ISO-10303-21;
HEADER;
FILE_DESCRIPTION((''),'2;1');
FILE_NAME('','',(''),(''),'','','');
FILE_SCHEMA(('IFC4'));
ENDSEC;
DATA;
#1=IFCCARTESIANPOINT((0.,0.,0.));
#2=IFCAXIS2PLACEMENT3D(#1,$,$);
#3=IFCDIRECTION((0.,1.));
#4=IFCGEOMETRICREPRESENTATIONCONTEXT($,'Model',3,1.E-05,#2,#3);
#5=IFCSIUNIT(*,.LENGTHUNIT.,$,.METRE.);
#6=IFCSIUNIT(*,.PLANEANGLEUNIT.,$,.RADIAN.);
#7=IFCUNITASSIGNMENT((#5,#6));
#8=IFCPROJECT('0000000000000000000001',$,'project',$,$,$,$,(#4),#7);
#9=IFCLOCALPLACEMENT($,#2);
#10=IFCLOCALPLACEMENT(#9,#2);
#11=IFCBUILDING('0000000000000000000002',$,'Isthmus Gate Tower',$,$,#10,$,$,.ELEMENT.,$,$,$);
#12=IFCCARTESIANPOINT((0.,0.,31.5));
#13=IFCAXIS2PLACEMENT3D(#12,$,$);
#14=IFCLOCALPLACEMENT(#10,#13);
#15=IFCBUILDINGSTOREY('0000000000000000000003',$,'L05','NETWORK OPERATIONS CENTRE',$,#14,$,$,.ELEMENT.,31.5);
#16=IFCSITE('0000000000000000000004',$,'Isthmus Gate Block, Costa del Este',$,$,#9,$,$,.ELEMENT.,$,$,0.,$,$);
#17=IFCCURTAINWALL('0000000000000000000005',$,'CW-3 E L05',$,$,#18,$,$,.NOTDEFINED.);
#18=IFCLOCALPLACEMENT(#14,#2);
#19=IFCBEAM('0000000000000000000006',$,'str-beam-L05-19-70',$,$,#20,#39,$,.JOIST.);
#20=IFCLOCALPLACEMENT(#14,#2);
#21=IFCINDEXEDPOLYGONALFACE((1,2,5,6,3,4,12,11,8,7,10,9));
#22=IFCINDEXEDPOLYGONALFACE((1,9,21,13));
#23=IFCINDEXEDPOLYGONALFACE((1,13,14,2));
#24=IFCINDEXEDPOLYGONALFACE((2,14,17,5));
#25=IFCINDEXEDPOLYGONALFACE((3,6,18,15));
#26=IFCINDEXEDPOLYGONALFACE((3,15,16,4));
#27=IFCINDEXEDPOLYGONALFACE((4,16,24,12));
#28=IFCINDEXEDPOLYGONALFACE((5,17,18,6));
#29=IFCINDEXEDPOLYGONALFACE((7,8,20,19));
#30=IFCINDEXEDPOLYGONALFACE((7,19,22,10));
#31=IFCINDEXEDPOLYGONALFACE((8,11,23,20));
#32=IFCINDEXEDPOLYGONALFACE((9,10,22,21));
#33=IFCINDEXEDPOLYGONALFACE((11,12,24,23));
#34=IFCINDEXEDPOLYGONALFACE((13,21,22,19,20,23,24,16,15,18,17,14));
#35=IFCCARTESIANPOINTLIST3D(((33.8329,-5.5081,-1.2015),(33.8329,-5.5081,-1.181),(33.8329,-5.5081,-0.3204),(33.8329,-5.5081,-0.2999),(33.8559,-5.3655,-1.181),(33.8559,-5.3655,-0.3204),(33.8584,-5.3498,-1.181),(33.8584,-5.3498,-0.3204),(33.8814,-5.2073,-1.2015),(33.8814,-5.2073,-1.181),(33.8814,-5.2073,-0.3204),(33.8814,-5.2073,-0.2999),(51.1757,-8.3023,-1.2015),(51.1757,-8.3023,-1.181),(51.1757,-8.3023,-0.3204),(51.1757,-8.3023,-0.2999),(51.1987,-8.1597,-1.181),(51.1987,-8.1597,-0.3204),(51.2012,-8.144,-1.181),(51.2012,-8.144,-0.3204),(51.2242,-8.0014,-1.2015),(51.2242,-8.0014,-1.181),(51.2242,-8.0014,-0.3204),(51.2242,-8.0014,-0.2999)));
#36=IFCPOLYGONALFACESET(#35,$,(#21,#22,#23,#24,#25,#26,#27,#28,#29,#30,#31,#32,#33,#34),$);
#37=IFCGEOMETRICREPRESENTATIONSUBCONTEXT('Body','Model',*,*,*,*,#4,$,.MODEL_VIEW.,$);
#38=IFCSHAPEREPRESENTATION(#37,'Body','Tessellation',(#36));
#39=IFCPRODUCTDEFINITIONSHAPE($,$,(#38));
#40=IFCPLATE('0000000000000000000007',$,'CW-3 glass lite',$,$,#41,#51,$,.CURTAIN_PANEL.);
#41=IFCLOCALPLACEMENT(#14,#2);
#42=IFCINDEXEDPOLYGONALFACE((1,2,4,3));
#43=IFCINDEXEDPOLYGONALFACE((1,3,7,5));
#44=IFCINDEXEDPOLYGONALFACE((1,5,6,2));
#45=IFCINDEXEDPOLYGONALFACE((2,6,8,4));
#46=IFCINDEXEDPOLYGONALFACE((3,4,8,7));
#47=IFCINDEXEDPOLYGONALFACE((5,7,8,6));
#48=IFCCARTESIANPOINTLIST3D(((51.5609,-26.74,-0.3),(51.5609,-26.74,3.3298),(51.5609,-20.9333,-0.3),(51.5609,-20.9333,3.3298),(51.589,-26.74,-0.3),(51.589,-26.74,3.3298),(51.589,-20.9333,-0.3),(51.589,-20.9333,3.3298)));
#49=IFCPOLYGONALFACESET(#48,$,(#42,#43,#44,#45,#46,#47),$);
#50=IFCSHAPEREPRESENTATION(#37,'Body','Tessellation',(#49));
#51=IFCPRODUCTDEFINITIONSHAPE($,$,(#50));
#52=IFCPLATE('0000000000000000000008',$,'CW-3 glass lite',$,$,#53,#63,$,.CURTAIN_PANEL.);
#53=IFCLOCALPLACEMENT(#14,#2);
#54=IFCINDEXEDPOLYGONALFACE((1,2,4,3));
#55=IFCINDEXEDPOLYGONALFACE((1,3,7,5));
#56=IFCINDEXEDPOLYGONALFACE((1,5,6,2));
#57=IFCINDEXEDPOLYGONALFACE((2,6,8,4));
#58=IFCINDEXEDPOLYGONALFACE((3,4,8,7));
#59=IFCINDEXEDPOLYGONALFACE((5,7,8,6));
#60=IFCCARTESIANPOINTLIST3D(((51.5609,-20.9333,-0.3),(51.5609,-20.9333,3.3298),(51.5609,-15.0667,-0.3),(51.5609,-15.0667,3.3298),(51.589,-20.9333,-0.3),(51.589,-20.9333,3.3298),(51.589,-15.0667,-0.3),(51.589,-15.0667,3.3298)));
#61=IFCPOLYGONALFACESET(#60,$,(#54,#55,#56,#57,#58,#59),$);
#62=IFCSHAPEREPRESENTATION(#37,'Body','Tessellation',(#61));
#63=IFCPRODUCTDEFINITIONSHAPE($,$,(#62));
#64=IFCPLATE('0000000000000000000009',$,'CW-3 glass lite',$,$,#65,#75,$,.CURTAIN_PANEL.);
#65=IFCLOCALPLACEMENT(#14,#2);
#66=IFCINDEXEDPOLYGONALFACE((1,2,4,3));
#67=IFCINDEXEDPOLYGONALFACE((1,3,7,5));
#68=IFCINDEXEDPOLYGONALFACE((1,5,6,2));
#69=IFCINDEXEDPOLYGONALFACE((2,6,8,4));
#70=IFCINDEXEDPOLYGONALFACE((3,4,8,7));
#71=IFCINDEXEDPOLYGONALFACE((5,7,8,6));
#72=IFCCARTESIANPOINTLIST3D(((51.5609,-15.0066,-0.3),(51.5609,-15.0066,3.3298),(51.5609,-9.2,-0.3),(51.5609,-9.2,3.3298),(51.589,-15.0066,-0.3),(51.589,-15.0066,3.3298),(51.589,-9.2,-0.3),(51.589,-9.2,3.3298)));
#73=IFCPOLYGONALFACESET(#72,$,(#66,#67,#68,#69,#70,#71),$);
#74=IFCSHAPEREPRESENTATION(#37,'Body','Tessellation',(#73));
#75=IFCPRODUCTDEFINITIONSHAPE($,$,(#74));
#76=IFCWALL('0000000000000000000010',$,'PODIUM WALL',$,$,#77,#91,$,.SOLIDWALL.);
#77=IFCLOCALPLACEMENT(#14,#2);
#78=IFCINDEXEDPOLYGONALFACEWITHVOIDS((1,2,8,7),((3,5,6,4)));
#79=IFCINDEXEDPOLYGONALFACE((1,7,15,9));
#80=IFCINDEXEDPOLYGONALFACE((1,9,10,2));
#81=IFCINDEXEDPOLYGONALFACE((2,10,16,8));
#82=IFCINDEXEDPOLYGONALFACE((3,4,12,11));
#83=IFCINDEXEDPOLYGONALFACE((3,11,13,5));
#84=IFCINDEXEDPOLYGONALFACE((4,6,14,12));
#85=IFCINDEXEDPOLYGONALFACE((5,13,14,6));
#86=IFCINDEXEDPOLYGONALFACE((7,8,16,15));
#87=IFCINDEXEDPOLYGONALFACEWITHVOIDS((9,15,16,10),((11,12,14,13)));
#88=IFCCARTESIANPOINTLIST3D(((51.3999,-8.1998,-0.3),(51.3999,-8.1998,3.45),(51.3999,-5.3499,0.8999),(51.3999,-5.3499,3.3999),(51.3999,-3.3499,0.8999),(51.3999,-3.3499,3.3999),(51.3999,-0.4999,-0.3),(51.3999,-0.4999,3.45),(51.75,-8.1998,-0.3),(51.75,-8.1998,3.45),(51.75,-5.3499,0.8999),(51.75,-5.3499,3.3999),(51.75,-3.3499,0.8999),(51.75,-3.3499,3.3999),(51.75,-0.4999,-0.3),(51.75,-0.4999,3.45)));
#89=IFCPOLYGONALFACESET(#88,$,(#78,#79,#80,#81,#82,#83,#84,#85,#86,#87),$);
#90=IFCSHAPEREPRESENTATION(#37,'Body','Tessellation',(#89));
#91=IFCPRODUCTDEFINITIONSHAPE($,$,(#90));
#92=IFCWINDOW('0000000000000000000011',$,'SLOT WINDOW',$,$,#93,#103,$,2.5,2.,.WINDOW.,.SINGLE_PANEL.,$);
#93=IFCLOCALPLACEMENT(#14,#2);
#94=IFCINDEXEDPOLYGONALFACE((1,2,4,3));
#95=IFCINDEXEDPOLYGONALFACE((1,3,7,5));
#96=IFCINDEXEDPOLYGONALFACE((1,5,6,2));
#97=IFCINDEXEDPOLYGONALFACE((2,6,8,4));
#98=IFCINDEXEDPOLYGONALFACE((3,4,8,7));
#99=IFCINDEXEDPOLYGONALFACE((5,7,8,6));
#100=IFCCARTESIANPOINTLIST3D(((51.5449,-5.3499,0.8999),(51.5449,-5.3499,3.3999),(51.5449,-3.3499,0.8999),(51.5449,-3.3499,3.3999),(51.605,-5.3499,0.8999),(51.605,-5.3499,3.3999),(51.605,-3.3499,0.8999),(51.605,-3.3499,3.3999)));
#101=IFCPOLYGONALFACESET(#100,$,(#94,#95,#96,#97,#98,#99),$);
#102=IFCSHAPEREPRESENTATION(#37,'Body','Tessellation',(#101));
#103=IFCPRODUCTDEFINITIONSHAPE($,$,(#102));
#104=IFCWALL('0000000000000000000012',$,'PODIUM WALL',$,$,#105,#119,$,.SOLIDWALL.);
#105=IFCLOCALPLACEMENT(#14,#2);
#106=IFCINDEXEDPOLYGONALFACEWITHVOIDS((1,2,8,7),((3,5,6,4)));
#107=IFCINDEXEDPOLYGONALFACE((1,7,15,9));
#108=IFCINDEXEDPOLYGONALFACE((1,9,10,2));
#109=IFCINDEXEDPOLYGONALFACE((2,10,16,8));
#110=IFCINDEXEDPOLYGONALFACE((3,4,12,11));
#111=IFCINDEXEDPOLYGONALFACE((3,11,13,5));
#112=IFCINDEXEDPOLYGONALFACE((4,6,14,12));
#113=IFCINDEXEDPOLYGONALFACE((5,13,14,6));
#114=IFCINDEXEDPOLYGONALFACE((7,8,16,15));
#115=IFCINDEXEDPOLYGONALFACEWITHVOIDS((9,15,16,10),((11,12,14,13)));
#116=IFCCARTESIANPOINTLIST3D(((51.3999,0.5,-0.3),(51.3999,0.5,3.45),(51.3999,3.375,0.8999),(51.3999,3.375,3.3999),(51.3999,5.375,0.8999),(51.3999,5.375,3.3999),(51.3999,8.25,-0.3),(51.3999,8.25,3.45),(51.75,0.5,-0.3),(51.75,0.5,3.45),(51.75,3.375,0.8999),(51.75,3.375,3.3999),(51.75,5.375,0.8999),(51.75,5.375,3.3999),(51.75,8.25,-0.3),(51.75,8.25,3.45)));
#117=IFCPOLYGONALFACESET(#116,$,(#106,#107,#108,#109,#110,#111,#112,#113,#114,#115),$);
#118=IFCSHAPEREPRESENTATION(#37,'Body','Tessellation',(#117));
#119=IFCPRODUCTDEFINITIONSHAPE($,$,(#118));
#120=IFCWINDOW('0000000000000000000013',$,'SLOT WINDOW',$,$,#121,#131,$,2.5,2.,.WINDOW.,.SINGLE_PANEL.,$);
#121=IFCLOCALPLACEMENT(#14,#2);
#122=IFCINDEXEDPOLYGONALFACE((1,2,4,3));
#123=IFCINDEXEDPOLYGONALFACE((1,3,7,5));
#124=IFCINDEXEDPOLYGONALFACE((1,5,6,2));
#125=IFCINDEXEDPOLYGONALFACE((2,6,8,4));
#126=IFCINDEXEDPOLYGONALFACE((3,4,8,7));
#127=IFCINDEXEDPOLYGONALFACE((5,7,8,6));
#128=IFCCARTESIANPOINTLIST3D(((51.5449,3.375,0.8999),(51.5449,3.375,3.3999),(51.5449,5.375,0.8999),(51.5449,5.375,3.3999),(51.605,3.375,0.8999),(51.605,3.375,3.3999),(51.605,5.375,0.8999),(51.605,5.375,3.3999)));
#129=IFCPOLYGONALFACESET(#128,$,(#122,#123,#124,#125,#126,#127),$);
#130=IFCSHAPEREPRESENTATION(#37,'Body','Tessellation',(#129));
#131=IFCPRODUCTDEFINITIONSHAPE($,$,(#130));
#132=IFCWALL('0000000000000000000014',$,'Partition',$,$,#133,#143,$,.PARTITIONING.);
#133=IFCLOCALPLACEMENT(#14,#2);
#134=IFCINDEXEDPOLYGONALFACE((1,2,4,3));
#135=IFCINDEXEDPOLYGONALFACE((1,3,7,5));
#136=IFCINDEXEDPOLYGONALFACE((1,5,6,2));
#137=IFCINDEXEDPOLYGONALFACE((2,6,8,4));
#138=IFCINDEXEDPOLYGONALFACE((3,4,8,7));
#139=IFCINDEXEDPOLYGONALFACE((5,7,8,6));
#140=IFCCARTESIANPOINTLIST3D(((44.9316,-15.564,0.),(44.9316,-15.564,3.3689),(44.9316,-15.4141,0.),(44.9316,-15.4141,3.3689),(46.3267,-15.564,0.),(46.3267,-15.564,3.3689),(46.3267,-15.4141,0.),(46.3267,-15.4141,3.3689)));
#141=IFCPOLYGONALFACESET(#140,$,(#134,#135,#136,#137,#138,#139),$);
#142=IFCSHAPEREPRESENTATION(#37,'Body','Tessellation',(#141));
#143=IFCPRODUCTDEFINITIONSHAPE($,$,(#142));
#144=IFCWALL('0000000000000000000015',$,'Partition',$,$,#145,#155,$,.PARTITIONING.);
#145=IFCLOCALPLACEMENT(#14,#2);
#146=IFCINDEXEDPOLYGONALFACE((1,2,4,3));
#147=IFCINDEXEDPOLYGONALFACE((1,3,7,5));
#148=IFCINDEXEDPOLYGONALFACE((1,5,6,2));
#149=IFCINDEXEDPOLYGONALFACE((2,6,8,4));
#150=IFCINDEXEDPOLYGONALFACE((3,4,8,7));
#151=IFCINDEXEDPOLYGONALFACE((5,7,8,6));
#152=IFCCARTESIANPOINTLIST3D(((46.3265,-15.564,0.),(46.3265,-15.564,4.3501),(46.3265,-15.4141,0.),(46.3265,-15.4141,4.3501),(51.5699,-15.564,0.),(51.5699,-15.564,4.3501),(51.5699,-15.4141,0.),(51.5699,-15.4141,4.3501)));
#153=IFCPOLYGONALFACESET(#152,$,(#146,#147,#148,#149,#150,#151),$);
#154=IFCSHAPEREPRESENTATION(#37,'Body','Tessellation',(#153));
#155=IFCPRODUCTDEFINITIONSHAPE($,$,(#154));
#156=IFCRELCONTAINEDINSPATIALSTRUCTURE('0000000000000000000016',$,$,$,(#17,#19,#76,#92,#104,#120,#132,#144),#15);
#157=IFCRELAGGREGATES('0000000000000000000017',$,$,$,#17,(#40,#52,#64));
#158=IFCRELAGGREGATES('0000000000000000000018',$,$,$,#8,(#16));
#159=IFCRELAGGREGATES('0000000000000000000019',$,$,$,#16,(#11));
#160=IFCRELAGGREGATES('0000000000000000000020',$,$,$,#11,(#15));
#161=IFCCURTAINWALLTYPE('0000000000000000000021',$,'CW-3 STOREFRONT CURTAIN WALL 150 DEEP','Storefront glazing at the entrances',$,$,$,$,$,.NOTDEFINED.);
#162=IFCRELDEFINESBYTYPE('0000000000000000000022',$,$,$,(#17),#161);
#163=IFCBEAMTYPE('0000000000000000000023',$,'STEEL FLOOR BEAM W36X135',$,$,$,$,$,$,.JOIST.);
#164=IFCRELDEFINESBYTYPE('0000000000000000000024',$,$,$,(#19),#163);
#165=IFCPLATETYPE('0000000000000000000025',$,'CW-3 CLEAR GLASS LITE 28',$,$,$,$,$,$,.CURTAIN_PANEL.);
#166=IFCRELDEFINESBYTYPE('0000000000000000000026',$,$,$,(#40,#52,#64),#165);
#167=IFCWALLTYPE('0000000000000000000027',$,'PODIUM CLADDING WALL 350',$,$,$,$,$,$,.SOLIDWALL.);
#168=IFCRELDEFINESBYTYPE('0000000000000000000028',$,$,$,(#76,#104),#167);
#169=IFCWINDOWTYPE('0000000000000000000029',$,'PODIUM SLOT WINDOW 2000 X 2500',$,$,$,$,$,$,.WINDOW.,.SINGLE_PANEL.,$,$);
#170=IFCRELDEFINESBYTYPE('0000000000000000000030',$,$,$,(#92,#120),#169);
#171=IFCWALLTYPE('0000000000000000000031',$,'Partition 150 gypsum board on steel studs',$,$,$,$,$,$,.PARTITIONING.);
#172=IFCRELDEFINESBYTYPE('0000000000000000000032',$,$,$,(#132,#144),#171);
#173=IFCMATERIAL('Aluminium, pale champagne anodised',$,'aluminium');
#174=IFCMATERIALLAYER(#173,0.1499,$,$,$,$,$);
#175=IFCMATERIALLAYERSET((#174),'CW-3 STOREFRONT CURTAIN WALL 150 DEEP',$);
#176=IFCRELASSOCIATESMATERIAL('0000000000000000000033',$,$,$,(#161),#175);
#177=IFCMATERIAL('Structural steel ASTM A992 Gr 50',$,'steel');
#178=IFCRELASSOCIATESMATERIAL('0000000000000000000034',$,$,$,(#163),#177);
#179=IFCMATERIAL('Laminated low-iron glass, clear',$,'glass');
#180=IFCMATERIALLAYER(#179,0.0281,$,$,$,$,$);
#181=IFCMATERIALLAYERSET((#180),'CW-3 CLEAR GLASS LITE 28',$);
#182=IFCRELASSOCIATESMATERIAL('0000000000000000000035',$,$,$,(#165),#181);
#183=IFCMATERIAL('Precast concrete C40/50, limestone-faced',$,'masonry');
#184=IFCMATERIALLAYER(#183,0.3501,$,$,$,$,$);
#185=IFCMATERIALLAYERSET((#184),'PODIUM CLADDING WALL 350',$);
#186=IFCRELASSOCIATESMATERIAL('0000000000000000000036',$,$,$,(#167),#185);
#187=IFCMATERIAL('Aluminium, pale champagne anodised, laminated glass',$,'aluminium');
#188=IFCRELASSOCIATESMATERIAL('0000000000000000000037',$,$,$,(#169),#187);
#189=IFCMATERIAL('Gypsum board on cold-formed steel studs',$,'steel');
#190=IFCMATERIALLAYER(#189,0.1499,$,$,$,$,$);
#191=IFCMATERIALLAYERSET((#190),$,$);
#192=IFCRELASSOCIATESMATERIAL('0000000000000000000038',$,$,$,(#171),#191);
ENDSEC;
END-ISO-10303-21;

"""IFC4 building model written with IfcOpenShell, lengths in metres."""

from ifc_helpers import new_model, si_unit, direction, frame, frame_2d, origin, origin_2d, place, context, subcontext, project, spatial, rectangle, i_section, extrude, material, layer, layer_set, material_profile, profile_set, type_object, element, fill, aggregate, save


model = new_model("IFC4")

# Units and contexts
model_context = context("Model", 3, precision=1e-05, world=origin(), true_north=direction((0.0, 1.0)))
body_context = subcontext(model_context, "Body", "Model", "MODEL_VIEW")
ifc_project = project(units=[si_unit("LENGTHUNIT", "METRE"), si_unit("PLANEANGLEUNIT", "RADIAN")], contexts=[model_context])

# Site, building, storey
site_placement = place(None, origin())
site = spatial("IfcSite", under=ifc_project, at=site_placement, Name="Isthmus Gate Block, Costa del Este", CompositionType="ELEMENT", RefElevation=0.0)
building_placement = place(site_placement, origin())
building = spatial("IfcBuilding", under=site, at=building_placement, Name="Isthmus Gate Tower", CompositionType="ELEMENT")
storey_placement = place(building_placement, frame((0.0, 0.0, 31.5)))
storey = spatial("IfcBuildingStorey", under=building, at=storey_placement, Name="L05", Description="NETWORK OPERATIONS CENTRE", CompositionType="ELEMENT", Elevation=31.5)

# Curtain wall
ifc_material_1 = material(Name="Aluminium, pale champagne anodised", Category="aluminium")
ifc_layer_1 = layer(ifc_material_1, 0.1499)
ifc_layer_set_1 = layer_set([ifc_layer_1], Name="CW-3 STOREFRONT CURTAIN WALL 150 DEEP")
curtain_wall_type = type_object("IfcCurtainWallType", Name="CW-3 STOREFRONT CURTAIN WALL 150 DEEP", Description="Storefront glazing at the entrances", PredefinedType="NOTDEFINED", material=ifc_layer_set_1)
curtain_wall_placement = place(storey_placement, origin())
curtain_wall = element("IfcCurtainWall", 1, at=curtain_wall_placement, inside=storey, type_object=curtain_wall_type, Name="CW-3 E L05", PredefinedType="NOTDEFINED")

# Beam
ifc_material_2 = material(Name="Structural steel ASTM A992 Gr 50", Category="steel")
ifc_material_profile_1 = material_profile(ifc_material_2, i_section(OverallWidth=0.3047, OverallDepth=0.9016, WebThickness=0.0159, FlangeThickness=0.0205, at=origin_2d()), Name="W36X135")
ifc_profile_set_1 = profile_set([ifc_material_profile_1], Name="Structural steel ASTM A992 Gr 50")
beam_type_1 = type_object("IfcBeamType", Name="STEEL FLOOR BEAM W36X135", PredefinedType="JOIST", material=ifc_profile_set_1)
beam_1_placement = place(storey_placement, frame((33.8572, -5.3577, -0.7507), z_axis=(0.987268, -0.159064, 0.0), x_axis=(0.159064, 0.987268, 0.0)))
element("IfcBeam", 2, at=beam_1_placement, inside=storey, type_object=beam_type_1, Name="str-beam-L05-19-70", PredefinedType="JOIST", context=body_context, shape_type="SweptSolid", body=[
    extrude(i_section(OverallWidth=0.3047, OverallDepth=0.9016, WebThickness=0.0159, FlangeThickness=0.0205, at=origin_2d()), origin(), (0.0, 0.0, 1.0), 17.5664),
])

# Plates
ifc_material_3 = material(Name="Laminated low-iron glass, clear", Category="glass")
ifc_layer_2 = layer(ifc_material_3, 0.0281)
ifc_layer_set_2 = layer_set([ifc_layer_2], Name="CW-3 CLEAR GLASS LITE 28")
plate_type = type_object("IfcPlateType", Name="CW-3 CLEAR GLASS LITE 28", PredefinedType="CURTAIN_PANEL", material=ifc_layer_set_2)
plate_1_placement = place(storey_placement, frame((51.575, -23.8367, -0.3), z_axis=(0.0, 0.0, 1.0), x_axis=(0.0, 1.0, 0.0)))
plate_1 = element("IfcPlate", 3, at=plate_1_placement, type_object=plate_type, Name="CW-3 glass lite", PredefinedType="CURTAIN_PANEL", context=body_context, shape_type="SweptSolid", body=[
    extrude(rectangle(XDim=5.8066, YDim=0.0281, at=origin_2d()), origin(), (0.0, 0.0, 1.0), 3.6299),
])
plate_2_placement = place(storey_placement, frame((51.575, -18.0, -0.3), z_axis=(0.0, 0.0, 1.0), x_axis=(0.0, 1.0, 0.0)))
plate_2 = element("IfcPlate", 4, at=plate_2_placement, type_object=plate_type, Name="CW-3 glass lite", PredefinedType="CURTAIN_PANEL", context=body_context, shape_type="SweptSolid", body=[
    extrude(rectangle(XDim=5.8667, YDim=0.0281, at=origin_2d()), origin(), (0.0, 0.0, 1.0), 3.6299),
])
plate_3_placement = place(storey_placement, frame((51.575, -12.1033, -0.3), z_axis=(0.0, 0.0, 1.0), x_axis=(0.0, 1.0, 0.0)))
plate_3 = element("IfcPlate", 5, at=plate_3_placement, type_object=plate_type, Name="CW-3 glass lite", PredefinedType="CURTAIN_PANEL", context=body_context, shape_type="SweptSolid", body=[
    extrude(rectangle(XDim=5.8066, YDim=0.0281, at=origin_2d()), origin(), (0.0, 0.0, 1.0), 3.6299),
])
aggregate(curtain_wall, [plate_1, plate_2, plate_3])

# Walls, openings, windows
ifc_material_4 = material(Name="Precast concrete C40/50, limestone-faced", Category="masonry")
ifc_layer_3 = layer(ifc_material_4, 0.3501)
ifc_layer_set_3 = layer_set([ifc_layer_3], Name="PODIUM CLADDING WALL 350")
wall_type_1 = type_object("IfcWallType", Name="PODIUM CLADDING WALL 350", PredefinedType="SOLIDWALL", material=ifc_layer_set_3)
wall_1_placement = place(storey_placement, frame((51.575, -8.2, -0.3), z_axis=(0.0, 0.0, 1.0), x_axis=(0.0, 1.0, 0.0)))
wall_1 = element("IfcWall", 6, at=wall_1_placement, inside=storey, type_object=wall_type_1, Name="PODIUM WALL", PredefinedType="SOLIDWALL", context=body_context, shape_type="SweptSolid", body=[
    extrude(rectangle(XDim=7.7, YDim=0.3501, at=frame_2d((3.8501, 0.0))), origin(), (0.0, 0.0, 1.0), 3.75),
])
opening_1_placement = place(wall_1_placement, frame((2.8501, 0.0, 1.2)))
opening_1 = element("IfcOpeningElement", 7, at=opening_1_placement, cuts=wall_1, PredefinedType="OPENING", context=body_context, shape_type="SweptSolid", body=[
    extrude(rectangle(XDim=2.0, YDim=2.5, at=frame_2d((1.0, 1.25))), frame((0.0, 0.1851, 0.0), z_axis=(0.0, -1.0, 0.0), x_axis=(1.0, 0.0, 0.0)), (0.0, 0.0, 1.0), 0.3701),
])
ifc_material_5 = material(Name="Aluminium, pale champagne anodised, laminated glass", Category="aluminium")
window_type = type_object("IfcWindowType", Name="PODIUM SLOT WINDOW 2000 X 2500", PartitioningType="SINGLE_PANEL", PredefinedType="WINDOW", material=ifc_material_5)
window_1_placement = place(opening_1_placement, origin())
window_1 = element("IfcWindow", 8, at=window_1_placement, inside=storey, type_object=window_type, Name="SLOT WINDOW", OverallHeight=2.5, OverallWidth=2.0, PartitioningType="SINGLE_PANEL", PredefinedType="WINDOW", context=body_context, shape_type="SweptSolid", body=[
    extrude(rectangle(XDim=2.0, YDim=2.5, at=frame_2d((1.0, 1.25))), frame((0.0, 0.03, 0.0), z_axis=(0.0, -1.0, 0.0), x_axis=(1.0, 0.0, 0.0)), (0.0, 0.0, 1.0), 0.0601),
])
fill(opening_1, window_1)
wall_2_placement = place(storey_placement, frame((51.575, 0.5, -0.3), z_axis=(0.0, 0.0, 1.0), x_axis=(0.0, 1.0, 0.0)))
wall_2 = element("IfcWall", 9, at=wall_2_placement, inside=storey, type_object=wall_type_1, Name="PODIUM WALL", PredefinedType="SOLIDWALL", context=body_context, shape_type="SweptSolid", body=[
    extrude(rectangle(XDim=7.75, YDim=0.3501, at=frame_2d((3.875, 0.0))), origin(), (0.0, 0.0, 1.0), 3.75),
])
opening_2_placement = place(wall_2_placement, frame((2.875, 0.0, 1.2)))
opening_2 = element("IfcOpeningElement", 10, at=opening_2_placement, cuts=wall_2, PredefinedType="OPENING", context=body_context, shape_type="SweptSolid", body=[
    extrude(rectangle(XDim=2.0, YDim=2.5, at=frame_2d((1.0, 1.25))), frame((0.0, 0.1851, 0.0), z_axis=(0.0, -1.0, 0.0), x_axis=(1.0, 0.0, 0.0)), (0.0, 0.0, 1.0), 0.3701),
])
window_2_placement = place(opening_2_placement, origin())
window_2 = element("IfcWindow", 11, at=window_2_placement, inside=storey, type_object=window_type, Name="SLOT WINDOW", OverallHeight=2.5, OverallWidth=2.0, PartitioningType="SINGLE_PANEL", PredefinedType="WINDOW", context=body_context, shape_type="SweptSolid", body=[
    extrude(rectangle(XDim=2.0, YDim=2.5, at=frame_2d((1.0, 1.25))), frame((0.0, 0.03, 0.0), z_axis=(0.0, -1.0, 0.0), x_axis=(1.0, 0.0, 0.0)), (0.0, 0.0, 1.0), 0.0601),
])
fill(opening_2, window_2)

# Walls
ifc_material_6 = material(Name="Gypsum board on cold-formed steel studs", Category="steel")
ifc_layer_4 = layer(ifc_material_6, 0.1499)
ifc_layer_set_4 = layer_set([ifc_layer_4])
wall_type_2 = type_object("IfcWallType", Name="Partition 150 gypsum board on steel studs", PredefinedType="PARTITIONING", material=ifc_layer_set_4)
wall_3_placement = place(storey_placement, frame((44.9316, -15.489, 0.0), z_axis=(0.0, 0.0, 1.0), x_axis=(1.0, 0.0, 0.0)))
element("IfcWall", 12, at=wall_3_placement, inside=storey, type_object=wall_type_2, Name="Partition", PredefinedType="PARTITIONING", context=body_context, shape_type="SweptSolid", body=[
    extrude(rectangle(XDim=1.395, YDim=0.1499, at=frame_2d((0.6975, 0.0))), origin(), (0.0, 0.0, 1.0), 3.3689),
])
wall_4_placement = place(storey_placement, frame((46.3267, -15.489, 0.0), z_axis=(0.0, 0.0, 1.0), x_axis=(1.0, 0.0, 0.0)))
element("IfcWall", 13, at=wall_4_placement, inside=storey, type_object=wall_type_2, Name="Partition", PredefinedType="PARTITIONING", context=body_context, shape_type="SweptSolid", body=[
    extrude(rectangle(XDim=5.2434, YDim=0.1499, at=frame_2d((2.6216, 0.0))), origin(), (0.0, 0.0, 1.0), 4.3501),
])

save(model, "model.ifc")
